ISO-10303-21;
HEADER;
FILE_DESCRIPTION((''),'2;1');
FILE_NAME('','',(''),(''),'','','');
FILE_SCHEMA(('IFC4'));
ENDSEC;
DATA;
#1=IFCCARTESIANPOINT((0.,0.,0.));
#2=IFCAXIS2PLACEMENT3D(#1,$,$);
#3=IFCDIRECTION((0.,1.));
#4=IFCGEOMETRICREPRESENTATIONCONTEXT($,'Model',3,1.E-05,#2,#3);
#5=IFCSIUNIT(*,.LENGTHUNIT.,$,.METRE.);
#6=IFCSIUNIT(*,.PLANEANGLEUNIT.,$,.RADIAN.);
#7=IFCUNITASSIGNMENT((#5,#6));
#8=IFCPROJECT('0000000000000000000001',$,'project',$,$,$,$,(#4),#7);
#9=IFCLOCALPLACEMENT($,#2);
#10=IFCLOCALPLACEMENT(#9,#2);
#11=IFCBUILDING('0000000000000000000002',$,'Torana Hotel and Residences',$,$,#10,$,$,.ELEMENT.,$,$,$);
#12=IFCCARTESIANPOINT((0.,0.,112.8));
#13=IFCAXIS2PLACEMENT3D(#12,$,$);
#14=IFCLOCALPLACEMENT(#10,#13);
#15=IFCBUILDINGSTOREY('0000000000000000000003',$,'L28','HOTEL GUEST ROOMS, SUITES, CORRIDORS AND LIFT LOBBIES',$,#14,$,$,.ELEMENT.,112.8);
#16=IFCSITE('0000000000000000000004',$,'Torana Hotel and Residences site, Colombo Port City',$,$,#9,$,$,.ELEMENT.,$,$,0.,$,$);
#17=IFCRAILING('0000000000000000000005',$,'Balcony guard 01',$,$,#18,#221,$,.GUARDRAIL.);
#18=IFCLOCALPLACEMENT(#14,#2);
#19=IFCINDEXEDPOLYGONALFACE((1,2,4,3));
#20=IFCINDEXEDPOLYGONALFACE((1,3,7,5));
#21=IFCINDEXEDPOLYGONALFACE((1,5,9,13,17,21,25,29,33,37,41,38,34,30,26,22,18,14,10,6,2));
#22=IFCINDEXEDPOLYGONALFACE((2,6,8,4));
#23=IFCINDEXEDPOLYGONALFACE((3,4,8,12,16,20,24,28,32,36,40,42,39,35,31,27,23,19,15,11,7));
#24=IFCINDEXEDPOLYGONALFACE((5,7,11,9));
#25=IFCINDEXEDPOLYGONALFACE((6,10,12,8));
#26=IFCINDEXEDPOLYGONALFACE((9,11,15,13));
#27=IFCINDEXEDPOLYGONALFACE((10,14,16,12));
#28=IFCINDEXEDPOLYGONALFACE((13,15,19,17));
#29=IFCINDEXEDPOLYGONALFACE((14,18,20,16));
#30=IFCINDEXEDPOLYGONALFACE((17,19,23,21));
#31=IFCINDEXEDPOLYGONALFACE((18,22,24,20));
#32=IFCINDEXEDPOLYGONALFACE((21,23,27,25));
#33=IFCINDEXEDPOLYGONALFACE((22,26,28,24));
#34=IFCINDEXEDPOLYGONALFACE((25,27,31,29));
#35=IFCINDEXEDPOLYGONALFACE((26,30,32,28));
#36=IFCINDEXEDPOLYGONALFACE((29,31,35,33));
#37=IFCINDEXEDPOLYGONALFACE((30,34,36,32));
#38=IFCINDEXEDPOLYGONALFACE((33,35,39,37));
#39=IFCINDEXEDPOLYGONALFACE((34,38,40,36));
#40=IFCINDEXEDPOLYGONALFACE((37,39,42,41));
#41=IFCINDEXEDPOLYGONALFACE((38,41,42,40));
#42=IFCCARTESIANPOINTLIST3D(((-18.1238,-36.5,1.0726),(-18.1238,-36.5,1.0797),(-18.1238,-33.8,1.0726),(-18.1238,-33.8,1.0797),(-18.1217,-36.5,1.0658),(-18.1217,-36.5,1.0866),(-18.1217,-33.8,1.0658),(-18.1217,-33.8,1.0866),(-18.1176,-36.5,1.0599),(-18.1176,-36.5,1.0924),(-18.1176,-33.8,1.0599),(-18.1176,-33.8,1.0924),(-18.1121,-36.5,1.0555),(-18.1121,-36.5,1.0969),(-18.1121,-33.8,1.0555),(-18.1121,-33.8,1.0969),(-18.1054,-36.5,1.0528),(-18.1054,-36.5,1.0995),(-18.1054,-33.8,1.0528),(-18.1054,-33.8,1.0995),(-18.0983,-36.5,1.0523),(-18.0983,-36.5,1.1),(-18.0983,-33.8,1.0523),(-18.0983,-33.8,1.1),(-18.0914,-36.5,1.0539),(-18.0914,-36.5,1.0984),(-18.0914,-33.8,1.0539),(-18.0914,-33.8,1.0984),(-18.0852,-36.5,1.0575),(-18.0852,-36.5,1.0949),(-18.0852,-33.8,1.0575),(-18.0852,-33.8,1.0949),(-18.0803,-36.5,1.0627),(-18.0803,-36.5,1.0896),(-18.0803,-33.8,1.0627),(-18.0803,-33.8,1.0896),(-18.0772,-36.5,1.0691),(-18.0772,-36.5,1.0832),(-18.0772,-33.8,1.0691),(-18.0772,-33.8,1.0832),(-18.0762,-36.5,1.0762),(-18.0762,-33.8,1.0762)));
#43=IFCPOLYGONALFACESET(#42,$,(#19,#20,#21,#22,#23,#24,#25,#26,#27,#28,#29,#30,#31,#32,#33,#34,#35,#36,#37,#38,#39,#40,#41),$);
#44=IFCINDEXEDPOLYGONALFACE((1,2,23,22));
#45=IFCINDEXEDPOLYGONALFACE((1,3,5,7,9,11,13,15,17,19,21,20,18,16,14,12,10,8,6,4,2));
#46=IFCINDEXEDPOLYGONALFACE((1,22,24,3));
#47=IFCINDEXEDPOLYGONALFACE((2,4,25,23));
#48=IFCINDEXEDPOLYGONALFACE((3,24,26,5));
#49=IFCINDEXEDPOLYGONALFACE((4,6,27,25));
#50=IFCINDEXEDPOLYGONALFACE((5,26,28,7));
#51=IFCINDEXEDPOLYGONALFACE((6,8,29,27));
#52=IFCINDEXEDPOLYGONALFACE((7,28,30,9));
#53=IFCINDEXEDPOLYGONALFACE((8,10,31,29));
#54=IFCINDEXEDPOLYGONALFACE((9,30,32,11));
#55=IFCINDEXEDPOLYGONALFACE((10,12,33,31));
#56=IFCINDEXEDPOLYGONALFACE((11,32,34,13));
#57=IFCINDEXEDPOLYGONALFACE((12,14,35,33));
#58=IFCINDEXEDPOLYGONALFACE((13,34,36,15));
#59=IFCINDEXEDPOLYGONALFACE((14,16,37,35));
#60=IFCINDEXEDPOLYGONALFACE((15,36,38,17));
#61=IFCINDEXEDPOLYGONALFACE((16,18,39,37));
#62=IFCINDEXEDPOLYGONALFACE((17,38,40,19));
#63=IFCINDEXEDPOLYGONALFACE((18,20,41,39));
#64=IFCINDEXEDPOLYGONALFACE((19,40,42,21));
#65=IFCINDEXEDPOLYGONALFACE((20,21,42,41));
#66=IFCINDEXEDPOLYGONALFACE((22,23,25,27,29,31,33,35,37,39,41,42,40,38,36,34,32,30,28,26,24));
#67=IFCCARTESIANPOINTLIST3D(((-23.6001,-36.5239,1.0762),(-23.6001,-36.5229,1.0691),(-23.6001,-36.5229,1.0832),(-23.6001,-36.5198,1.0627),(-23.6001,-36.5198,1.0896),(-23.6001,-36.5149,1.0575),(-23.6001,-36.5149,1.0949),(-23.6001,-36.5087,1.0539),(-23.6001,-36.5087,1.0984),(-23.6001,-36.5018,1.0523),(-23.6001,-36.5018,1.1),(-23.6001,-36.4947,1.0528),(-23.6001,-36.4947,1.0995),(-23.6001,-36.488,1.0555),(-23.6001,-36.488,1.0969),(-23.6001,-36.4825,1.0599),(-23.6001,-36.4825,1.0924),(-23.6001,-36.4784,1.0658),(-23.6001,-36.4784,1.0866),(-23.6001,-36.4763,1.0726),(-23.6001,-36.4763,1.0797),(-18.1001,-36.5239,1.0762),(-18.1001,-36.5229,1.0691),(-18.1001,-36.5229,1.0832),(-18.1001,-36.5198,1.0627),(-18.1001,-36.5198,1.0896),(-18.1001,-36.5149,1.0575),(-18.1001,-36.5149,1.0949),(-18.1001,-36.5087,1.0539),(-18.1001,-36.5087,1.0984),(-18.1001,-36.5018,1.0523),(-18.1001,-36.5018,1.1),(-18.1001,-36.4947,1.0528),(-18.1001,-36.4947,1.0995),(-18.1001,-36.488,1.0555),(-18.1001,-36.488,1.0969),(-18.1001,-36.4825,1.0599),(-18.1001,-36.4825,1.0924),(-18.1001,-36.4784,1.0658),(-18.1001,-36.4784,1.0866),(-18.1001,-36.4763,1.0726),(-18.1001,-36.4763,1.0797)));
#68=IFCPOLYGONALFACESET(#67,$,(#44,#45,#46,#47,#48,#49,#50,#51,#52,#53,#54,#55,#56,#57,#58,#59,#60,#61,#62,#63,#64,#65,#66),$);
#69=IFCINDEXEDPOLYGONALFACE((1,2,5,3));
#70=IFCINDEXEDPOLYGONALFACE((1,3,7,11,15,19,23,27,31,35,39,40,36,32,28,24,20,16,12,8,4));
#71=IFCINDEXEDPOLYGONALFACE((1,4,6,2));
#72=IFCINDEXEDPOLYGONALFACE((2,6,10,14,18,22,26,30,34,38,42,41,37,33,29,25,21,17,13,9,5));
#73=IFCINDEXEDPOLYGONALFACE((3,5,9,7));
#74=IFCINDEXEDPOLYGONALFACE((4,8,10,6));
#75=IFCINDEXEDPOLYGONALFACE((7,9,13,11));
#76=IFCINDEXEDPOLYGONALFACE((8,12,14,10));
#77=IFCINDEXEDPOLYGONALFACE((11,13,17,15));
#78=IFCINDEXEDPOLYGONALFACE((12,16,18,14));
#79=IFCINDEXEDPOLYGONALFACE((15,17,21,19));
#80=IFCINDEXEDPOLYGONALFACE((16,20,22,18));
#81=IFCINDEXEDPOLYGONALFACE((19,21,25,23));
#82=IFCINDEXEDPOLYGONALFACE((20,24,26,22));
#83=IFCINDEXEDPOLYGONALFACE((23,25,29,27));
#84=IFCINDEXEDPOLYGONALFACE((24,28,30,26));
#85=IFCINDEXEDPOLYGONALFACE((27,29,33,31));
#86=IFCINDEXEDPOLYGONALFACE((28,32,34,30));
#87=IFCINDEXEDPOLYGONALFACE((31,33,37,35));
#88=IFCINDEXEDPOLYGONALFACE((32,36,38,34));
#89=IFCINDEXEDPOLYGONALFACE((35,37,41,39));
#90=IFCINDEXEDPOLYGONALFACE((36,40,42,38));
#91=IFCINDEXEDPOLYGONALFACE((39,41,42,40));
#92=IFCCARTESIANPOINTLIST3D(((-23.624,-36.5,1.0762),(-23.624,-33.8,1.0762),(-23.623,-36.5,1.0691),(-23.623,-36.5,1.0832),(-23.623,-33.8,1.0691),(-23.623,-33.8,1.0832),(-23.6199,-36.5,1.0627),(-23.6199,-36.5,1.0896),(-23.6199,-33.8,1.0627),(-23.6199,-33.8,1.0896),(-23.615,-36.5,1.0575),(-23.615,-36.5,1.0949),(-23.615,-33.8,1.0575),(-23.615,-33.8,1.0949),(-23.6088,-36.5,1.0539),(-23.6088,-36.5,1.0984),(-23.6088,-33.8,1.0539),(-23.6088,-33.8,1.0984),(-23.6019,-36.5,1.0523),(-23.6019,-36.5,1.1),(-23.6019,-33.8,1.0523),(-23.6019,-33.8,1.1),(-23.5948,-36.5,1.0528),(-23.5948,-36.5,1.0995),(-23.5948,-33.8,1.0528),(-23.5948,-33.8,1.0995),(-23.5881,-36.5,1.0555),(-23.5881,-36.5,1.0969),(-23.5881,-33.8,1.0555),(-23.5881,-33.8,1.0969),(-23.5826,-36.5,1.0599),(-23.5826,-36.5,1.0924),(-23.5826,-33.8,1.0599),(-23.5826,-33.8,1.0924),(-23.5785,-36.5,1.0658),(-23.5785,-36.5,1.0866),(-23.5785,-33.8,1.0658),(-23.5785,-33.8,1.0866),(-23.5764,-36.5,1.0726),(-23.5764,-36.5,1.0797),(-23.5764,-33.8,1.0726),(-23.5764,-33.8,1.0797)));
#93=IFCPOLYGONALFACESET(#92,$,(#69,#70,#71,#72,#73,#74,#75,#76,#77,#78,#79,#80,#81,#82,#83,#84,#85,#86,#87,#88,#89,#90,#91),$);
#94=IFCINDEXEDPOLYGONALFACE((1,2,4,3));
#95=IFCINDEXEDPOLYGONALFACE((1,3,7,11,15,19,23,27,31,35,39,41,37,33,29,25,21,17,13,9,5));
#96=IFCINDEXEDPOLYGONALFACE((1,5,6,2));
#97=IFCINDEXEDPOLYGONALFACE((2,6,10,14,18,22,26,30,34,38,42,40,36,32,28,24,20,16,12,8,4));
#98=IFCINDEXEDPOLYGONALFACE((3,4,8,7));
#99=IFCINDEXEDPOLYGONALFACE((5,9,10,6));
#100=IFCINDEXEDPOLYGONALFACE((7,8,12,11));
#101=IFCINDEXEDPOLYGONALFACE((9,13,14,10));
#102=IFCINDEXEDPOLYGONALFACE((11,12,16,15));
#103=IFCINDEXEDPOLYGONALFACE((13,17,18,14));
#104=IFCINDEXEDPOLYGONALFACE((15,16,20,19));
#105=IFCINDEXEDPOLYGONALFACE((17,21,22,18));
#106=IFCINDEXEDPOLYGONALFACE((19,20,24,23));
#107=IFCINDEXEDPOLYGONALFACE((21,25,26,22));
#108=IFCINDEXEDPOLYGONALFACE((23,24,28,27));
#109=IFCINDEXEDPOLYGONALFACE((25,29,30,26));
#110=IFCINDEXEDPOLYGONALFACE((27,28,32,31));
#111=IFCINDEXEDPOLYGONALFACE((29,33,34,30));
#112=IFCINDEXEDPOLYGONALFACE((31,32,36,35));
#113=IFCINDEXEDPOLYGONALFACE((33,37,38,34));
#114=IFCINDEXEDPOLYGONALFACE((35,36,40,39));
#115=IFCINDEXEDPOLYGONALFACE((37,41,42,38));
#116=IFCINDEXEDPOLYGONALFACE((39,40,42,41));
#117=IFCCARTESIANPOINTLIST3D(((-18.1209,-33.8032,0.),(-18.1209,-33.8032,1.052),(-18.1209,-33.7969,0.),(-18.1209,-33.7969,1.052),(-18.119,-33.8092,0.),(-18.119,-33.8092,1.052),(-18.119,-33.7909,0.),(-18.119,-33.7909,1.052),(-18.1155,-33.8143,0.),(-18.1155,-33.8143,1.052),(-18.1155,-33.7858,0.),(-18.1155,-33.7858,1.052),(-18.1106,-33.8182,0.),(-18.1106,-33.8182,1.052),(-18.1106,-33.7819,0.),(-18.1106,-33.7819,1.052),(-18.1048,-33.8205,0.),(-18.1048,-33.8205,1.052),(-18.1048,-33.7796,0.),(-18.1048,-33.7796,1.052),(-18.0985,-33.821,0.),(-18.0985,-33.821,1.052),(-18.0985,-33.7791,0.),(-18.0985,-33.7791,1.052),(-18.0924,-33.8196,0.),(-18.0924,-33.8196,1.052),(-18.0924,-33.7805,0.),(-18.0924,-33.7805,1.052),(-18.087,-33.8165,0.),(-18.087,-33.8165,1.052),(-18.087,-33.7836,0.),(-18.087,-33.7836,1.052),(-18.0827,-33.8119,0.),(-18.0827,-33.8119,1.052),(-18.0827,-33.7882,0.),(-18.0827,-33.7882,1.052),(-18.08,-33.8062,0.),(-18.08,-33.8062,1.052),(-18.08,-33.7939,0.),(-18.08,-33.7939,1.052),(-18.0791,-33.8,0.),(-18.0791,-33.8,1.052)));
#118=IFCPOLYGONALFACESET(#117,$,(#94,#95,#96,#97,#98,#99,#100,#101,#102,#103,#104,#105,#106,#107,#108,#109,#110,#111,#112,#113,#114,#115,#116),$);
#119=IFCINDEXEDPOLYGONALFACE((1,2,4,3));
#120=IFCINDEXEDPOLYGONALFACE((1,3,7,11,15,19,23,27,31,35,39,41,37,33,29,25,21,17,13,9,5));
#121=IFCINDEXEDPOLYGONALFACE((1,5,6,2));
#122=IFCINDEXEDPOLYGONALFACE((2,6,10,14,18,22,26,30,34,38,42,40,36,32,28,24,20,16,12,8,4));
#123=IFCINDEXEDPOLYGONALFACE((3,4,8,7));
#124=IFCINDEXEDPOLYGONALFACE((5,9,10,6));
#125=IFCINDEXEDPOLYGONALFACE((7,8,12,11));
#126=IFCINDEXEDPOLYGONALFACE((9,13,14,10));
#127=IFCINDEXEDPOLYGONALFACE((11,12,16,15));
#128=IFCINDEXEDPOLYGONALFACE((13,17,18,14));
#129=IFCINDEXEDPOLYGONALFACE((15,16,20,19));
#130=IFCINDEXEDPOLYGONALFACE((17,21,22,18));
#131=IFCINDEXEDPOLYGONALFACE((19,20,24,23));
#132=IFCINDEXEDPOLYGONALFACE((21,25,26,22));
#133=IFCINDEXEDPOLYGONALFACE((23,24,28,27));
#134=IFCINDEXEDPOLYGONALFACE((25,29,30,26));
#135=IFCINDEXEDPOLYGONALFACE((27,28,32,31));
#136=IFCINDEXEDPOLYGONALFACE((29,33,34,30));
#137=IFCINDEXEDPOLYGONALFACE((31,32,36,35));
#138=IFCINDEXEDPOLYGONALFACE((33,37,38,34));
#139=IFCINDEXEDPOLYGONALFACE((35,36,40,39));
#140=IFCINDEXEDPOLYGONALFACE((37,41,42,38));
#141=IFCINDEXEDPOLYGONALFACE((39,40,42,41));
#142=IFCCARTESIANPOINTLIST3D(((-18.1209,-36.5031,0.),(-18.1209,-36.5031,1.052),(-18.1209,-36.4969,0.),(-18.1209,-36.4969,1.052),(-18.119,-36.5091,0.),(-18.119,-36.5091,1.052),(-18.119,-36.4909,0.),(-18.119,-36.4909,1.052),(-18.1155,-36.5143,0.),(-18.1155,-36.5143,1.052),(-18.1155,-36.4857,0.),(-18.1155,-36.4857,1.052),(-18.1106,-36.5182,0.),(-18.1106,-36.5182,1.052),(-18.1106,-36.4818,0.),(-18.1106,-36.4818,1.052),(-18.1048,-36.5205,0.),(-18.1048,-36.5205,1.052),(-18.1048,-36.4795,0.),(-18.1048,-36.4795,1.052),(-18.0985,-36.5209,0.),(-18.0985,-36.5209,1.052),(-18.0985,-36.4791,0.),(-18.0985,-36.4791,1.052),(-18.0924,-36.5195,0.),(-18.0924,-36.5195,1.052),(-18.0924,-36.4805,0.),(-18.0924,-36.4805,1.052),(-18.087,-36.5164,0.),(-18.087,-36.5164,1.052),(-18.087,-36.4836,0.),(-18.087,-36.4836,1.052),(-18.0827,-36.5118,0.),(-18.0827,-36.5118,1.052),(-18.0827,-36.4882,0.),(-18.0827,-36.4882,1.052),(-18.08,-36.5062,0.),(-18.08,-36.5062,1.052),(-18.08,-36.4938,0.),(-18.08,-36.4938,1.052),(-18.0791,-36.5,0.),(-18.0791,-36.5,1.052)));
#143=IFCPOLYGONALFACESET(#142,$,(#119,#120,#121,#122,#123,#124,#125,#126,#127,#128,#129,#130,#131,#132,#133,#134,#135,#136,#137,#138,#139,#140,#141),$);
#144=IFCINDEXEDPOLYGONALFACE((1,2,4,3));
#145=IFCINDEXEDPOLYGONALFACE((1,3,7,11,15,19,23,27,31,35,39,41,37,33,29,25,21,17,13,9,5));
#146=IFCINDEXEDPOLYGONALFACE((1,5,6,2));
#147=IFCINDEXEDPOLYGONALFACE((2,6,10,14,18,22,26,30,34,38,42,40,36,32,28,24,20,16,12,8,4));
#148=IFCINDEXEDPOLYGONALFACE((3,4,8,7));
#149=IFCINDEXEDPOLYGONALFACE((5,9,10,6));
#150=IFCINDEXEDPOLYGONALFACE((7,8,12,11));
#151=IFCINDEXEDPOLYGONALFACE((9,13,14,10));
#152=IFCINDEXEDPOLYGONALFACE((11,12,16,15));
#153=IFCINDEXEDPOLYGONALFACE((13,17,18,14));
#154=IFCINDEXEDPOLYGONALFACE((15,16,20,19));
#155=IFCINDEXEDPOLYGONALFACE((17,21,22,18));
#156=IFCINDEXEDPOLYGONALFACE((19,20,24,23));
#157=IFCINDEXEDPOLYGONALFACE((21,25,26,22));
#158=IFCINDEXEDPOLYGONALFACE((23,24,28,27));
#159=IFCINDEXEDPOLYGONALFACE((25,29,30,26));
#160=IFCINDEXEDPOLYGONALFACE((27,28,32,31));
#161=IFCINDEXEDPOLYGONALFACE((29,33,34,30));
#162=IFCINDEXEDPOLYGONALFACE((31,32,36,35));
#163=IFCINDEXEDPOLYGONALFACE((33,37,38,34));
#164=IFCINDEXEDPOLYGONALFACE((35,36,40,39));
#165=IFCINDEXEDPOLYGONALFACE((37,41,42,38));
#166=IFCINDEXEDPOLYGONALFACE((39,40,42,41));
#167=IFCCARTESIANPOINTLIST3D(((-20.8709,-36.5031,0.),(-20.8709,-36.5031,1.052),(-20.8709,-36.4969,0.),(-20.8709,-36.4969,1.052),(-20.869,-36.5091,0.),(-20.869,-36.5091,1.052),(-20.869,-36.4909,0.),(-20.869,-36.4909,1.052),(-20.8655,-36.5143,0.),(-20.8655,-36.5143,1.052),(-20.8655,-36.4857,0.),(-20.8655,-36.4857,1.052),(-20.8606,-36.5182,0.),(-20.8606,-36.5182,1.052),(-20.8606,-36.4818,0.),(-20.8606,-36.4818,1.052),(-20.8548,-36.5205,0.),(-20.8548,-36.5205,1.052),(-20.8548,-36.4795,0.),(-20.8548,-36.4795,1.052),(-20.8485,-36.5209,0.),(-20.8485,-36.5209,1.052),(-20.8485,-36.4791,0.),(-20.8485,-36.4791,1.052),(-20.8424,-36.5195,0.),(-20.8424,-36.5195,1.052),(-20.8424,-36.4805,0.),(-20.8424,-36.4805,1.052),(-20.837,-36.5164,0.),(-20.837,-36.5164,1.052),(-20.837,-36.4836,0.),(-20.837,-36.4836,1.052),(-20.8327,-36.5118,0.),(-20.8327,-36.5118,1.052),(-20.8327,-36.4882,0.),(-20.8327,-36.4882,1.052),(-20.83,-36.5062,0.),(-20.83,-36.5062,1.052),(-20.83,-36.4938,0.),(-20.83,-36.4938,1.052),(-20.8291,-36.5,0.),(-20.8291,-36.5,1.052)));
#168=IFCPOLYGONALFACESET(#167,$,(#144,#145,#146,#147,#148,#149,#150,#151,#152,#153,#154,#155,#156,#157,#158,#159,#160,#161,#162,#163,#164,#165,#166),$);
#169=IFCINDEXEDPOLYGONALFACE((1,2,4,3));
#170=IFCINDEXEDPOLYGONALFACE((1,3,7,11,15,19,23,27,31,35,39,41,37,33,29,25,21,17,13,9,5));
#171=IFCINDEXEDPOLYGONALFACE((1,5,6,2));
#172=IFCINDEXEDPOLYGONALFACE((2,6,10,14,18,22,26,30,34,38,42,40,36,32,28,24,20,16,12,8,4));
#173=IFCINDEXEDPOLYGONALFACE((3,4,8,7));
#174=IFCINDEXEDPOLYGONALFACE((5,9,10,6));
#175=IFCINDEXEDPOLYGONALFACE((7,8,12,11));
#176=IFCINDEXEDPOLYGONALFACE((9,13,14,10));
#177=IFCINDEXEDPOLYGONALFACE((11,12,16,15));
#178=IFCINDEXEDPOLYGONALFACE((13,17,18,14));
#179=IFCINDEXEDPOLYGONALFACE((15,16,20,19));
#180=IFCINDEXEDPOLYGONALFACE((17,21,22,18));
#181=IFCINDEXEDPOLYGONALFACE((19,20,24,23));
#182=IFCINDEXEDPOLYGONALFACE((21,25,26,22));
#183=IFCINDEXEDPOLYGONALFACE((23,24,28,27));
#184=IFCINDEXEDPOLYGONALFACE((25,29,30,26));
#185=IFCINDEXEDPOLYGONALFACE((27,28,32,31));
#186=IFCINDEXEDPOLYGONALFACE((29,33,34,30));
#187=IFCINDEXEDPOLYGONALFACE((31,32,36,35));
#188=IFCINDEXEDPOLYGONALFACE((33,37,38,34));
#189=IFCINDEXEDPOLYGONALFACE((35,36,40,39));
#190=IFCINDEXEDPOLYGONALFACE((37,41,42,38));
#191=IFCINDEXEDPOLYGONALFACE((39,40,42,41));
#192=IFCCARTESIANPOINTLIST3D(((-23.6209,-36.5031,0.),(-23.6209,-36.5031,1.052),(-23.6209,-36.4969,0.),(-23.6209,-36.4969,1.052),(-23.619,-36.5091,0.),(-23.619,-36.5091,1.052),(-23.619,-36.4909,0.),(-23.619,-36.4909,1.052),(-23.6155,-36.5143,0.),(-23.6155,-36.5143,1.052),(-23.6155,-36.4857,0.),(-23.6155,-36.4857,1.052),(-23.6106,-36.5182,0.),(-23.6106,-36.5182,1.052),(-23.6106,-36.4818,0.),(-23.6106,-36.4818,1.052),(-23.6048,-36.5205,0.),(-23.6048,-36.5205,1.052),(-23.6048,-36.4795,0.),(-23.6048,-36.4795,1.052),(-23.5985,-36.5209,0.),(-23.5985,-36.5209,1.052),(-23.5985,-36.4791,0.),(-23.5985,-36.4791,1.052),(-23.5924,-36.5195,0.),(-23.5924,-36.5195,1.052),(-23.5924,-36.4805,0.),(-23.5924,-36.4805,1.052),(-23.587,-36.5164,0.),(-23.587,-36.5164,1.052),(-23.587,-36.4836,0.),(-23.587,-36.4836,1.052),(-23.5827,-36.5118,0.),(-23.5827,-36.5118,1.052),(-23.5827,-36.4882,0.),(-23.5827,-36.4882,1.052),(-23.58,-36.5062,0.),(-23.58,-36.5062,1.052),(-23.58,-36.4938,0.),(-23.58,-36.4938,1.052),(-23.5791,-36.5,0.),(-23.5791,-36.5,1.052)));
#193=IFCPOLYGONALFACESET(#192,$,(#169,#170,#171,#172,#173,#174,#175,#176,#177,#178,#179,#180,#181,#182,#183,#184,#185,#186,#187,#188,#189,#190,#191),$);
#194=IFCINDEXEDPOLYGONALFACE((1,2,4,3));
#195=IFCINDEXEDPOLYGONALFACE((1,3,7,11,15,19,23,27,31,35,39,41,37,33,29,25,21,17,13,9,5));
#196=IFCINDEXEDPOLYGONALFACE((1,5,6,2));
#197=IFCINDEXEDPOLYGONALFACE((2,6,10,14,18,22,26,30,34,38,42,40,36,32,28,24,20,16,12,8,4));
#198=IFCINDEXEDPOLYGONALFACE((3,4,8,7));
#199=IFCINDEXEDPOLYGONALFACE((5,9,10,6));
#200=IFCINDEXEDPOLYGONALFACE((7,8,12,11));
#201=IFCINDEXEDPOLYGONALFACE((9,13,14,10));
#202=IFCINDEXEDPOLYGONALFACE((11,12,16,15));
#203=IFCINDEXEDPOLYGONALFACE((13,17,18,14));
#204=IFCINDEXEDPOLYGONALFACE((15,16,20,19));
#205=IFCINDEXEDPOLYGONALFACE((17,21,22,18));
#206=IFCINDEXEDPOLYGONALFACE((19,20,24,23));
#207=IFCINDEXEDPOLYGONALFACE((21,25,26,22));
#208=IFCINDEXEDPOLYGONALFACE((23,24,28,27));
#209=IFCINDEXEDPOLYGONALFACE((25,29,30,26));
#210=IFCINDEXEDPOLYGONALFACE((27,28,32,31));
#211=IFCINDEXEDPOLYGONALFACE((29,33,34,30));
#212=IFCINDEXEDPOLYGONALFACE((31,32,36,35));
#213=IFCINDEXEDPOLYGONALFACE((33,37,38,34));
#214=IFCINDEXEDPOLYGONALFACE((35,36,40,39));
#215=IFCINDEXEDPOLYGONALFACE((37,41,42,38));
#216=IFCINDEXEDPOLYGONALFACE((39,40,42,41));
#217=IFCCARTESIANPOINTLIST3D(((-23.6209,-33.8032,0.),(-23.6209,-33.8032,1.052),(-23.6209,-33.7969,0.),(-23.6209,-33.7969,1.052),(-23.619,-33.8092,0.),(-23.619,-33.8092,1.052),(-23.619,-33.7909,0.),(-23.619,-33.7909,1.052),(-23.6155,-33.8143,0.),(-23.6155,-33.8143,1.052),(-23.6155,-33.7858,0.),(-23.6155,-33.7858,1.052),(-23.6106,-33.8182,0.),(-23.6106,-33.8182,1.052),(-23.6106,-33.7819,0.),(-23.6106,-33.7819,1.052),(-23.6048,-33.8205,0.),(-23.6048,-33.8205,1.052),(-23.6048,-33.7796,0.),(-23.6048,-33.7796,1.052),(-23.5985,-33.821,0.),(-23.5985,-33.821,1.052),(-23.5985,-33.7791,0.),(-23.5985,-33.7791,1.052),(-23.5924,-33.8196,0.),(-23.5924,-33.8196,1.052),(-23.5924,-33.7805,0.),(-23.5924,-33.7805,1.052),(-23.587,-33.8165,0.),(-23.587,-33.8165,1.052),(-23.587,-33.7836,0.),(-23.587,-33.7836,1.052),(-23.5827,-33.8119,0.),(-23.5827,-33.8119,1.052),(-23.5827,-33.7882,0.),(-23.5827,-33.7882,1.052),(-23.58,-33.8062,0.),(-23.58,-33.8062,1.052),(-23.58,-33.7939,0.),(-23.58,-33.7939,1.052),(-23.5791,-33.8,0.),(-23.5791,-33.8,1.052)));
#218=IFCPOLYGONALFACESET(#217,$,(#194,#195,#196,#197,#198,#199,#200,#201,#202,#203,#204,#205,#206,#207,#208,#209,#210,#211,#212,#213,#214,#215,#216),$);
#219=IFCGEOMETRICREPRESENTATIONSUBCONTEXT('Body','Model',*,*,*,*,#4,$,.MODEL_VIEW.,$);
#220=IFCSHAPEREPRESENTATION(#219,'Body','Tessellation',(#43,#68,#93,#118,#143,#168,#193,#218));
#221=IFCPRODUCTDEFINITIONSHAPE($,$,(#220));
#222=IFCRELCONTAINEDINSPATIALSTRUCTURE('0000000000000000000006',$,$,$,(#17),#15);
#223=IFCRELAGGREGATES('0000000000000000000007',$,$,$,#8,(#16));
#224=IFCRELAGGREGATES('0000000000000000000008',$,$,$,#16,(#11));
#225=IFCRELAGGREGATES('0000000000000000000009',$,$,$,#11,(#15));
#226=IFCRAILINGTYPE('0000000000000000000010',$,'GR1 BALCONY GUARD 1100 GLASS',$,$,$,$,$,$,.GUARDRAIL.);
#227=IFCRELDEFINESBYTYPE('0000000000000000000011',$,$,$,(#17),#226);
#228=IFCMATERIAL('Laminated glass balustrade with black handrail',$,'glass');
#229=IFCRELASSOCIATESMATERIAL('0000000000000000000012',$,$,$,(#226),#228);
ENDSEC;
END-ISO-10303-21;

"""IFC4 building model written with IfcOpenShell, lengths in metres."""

from ifc_helpers import new_model, si_unit, direction, frame, origin, origin_2d, place, context, subcontext, project, spatial, circle, extrude, material, type_object, element, save


model = new_model("IFC4")

# Units and contexts
model_context = context("Model", 3, precision=1e-05, world=origin(), true_north=direction((0.0, 1.0)))
body_context = subcontext(model_context, "Body", "Model", "MODEL_VIEW")
ifc_project = project(units=[si_unit("LENGTHUNIT", "METRE"), si_unit("PLANEANGLEUNIT", "RADIAN")], contexts=[model_context])

# Site, building, storey
site_placement = place(None, origin())
site = spatial("IfcSite", under=ifc_project, at=site_placement, Name="Torana Hotel and Residences site, Colombo Port City", CompositionType="ELEMENT", RefElevation=0.0)
building_placement = place(site_placement, origin())
building = spatial("IfcBuilding", under=site, at=building_placement, Name="Torana Hotel and Residences", CompositionType="ELEMENT")
storey_placement = place(building_placement, frame((0.0, 0.0, 112.8)))
storey = spatial("IfcBuildingStorey", under=building, at=storey_placement, Name="L28", Description="HOTEL GUEST ROOMS, SUITES, CORRIDORS AND LIFT LOBBIES", CompositionType="ELEMENT", Elevation=112.8)

# Railing
ifc_material_1 = material(Name="Laminated glass balustrade with black handrail", Category="glass")
railing_type = type_object("IfcRailingType", Name="GR1 BALCONY GUARD 1100 GLASS", PredefinedType="GUARDRAIL", material=ifc_material_1)
railing_placement = place(storey_placement, frame((-18.1001, -33.8, 0.0)))
element("IfcRailing", 1, at=railing_placement, inside=storey, type_object=railing_type, Name="Balcony guard 01", PredefinedType="GUARDRAIL", context=body_context, shape_type="SweptSolid", body=[
    extrude(circle(Radius=0.0239, at=origin_2d()), frame((0.0, 0.0, 1.0762), z_axis=(0.0, -1.0, 0.0), x_axis=(1.0, 0.0, 0.0)), (0.0, 0.0, 1.0), 2.7),
    extrude(circle(Radius=0.0239, at=origin_2d()), frame((0.0, -2.7, 1.0762), z_axis=(-1.0, 0.0, 0.0), x_axis=(0.0, -1.0, 0.0)), (0.0, 0.0, 1.0), 5.5),
    extrude(circle(Radius=0.0239, at=origin_2d()), frame((-5.5, -2.7, 1.0762), z_axis=(0.0, 1.0, 0.0), x_axis=(-1.0, 0.0, 0.0)), (0.0, 0.0, 1.0), 2.7),
    extrude(circle(Radius=0.021, at=origin_2d()), origin(), (0.0, 0.0, 1.0), 1.052),
    extrude(circle(Radius=0.021, at=origin_2d()), frame((0.0, -2.7, 0.0)), (0.0, 0.0, 1.0), 1.052),
    extrude(circle(Radius=0.021, at=origin_2d()), frame((-2.75, -2.7, 0.0)), (0.0, 0.0, 1.0), 1.052),
    extrude(circle(Radius=0.021, at=origin_2d()), frame((-5.5, -2.7, 0.0)), (0.0, 0.0, 1.0), 1.052),
    extrude(circle(Radius=0.021, at=origin_2d()), frame((-5.5, 0.0, 0.0)), (0.0, 0.0, 1.0), 1.052),
])

save(model, "model.ifc")
